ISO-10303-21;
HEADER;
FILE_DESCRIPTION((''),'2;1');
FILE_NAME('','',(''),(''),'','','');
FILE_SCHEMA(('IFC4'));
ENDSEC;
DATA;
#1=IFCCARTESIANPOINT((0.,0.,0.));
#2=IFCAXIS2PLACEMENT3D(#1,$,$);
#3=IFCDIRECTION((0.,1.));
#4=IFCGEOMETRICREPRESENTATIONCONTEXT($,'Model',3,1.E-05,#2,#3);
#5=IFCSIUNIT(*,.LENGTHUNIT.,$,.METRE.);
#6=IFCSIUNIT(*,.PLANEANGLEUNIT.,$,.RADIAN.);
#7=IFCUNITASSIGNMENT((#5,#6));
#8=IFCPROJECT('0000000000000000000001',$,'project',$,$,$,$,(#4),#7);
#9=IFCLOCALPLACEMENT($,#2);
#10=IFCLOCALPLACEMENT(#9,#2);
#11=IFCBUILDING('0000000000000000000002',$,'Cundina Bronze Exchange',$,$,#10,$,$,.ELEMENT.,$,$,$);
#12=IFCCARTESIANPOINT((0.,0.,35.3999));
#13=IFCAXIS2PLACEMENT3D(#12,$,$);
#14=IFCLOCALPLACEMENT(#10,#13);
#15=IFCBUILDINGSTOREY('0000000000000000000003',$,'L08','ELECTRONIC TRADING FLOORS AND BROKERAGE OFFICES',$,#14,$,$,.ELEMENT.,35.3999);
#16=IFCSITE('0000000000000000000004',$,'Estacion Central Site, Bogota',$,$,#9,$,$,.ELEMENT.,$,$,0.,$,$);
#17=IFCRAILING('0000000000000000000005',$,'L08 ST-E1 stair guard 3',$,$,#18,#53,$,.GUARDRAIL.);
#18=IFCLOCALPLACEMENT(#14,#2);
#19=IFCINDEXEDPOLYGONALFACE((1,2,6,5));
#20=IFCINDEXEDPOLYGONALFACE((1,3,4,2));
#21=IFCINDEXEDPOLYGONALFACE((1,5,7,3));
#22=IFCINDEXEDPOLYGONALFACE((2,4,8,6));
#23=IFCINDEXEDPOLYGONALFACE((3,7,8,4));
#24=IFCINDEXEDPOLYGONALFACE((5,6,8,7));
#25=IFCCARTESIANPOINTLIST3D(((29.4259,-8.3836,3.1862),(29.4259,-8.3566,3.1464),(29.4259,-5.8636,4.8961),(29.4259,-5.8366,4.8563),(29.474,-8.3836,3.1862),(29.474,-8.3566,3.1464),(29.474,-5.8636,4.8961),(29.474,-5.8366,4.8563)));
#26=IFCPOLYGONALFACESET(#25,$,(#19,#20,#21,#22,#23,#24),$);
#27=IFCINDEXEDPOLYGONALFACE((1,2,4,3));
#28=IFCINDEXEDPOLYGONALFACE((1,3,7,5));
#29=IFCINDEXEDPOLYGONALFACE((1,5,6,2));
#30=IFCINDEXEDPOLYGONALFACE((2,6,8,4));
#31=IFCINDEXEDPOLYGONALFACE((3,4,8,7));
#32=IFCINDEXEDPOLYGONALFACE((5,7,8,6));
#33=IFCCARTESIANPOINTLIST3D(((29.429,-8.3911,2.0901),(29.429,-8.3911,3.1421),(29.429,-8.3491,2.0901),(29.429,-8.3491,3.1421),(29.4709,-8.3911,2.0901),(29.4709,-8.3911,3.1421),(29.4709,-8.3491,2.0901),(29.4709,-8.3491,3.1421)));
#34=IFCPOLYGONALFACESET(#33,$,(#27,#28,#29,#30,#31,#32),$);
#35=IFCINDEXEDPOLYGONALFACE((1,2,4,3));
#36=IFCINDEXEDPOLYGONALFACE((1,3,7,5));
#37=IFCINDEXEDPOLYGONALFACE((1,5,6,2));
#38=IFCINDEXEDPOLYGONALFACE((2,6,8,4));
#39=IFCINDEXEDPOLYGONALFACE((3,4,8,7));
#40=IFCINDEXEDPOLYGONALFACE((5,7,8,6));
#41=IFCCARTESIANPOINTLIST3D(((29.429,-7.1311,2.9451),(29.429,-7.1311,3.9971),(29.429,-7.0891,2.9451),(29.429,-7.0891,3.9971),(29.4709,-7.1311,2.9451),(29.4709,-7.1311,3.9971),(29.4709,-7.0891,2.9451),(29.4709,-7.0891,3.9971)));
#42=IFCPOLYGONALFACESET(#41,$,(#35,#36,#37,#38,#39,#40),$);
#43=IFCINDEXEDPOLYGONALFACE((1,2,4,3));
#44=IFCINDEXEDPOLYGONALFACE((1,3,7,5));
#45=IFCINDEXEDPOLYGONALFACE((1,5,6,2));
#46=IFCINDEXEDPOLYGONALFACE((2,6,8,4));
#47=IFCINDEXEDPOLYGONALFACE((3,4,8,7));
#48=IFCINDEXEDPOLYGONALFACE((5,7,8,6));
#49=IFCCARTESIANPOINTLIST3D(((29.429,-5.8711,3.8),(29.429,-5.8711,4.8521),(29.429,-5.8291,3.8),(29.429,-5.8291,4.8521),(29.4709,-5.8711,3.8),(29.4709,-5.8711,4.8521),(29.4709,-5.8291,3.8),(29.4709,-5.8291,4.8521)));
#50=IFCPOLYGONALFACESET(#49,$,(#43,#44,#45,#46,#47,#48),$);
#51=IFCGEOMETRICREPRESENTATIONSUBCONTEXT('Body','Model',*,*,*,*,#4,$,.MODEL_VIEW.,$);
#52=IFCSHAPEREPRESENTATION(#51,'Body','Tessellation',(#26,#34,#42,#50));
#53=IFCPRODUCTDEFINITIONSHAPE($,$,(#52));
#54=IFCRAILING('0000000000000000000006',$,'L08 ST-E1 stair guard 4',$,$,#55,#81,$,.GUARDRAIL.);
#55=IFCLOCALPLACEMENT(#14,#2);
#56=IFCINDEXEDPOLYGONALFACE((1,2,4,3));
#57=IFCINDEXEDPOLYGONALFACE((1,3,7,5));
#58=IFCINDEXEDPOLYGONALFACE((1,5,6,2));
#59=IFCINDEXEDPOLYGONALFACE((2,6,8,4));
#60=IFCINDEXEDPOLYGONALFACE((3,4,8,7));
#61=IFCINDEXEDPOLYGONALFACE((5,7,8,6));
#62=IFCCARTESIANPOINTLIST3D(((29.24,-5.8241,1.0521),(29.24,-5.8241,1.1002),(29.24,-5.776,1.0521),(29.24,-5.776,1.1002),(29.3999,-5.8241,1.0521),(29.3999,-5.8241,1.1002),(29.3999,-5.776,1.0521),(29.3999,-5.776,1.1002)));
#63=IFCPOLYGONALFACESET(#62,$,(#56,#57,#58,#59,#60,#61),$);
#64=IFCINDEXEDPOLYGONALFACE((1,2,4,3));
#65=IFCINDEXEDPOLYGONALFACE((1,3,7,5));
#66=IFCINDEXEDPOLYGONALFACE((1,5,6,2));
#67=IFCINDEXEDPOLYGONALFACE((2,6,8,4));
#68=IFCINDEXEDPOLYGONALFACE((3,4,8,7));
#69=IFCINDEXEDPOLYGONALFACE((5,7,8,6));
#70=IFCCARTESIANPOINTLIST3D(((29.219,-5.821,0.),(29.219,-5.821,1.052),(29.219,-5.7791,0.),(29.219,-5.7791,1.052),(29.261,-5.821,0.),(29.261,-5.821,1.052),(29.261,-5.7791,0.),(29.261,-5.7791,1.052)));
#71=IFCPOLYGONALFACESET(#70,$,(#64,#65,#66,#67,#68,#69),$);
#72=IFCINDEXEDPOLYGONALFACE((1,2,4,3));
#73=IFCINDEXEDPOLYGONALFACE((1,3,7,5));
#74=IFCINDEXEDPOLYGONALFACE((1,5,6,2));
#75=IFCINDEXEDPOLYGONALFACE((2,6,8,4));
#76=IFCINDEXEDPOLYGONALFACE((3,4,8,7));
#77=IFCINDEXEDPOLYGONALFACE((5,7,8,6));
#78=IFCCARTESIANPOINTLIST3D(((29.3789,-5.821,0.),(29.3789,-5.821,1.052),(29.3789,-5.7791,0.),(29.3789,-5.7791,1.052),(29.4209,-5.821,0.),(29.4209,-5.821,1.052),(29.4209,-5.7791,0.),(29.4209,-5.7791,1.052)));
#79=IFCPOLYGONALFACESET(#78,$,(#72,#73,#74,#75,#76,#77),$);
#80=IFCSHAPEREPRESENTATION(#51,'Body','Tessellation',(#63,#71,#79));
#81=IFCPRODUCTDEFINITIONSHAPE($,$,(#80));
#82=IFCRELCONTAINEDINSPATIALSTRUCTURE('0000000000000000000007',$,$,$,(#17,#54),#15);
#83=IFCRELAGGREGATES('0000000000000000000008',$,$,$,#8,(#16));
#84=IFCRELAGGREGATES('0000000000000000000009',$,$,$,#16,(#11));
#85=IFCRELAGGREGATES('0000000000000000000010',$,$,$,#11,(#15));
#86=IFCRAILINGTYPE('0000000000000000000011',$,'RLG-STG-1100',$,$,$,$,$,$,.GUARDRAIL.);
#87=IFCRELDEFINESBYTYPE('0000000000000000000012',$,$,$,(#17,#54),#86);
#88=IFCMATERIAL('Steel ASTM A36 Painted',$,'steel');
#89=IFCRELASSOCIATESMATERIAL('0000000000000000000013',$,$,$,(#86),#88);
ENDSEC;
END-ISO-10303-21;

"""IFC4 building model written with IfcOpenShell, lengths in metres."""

from ifc_helpers import new_model, si_unit, direction, frame, origin, origin_2d, place, context, subcontext, project, spatial, rectangle, extrude, material, type_object, element, save


model = new_model("IFC4")

# Units and contexts
model_context = context("Model", 3, precision=1e-05, world=origin(), true_north=direction((0.0, 1.0)))
body_context = subcontext(model_context, "Body", "Model", "MODEL_VIEW")
ifc_project = project(units=[si_unit("LENGTHUNIT", "METRE"), si_unit("PLANEANGLEUNIT", "RADIAN")], contexts=[model_context])

# Site, building, storey
site_placement = place(None, origin())
site = spatial("IfcSite", under=ifc_project, at=site_placement, Name="Estacion Central Site, Bogota", CompositionType="ELEMENT", RefElevation=0.0)
building_placement = place(site_placement, origin())
building = spatial("IfcBuilding", under=site, at=building_placement, Name="Cundina Bronze Exchange", CompositionType="ELEMENT")
storey_placement = place(building_placement, frame((0.0, 0.0, 35.3999)))
storey = spatial("IfcBuildingStorey", under=building, at=storey_placement, Name="L08", Description="ELECTRONIC TRADING FLOORS AND BROKERAGE OFFICES", CompositionType="ELEMENT", Elevation=35.3999)

# Railings
ifc_material_1 = material(Name="Steel ASTM A36 Painted", Category="steel")
railing_type_1 = type_object("IfcRailingType", Name="RLG-STG-1100", PredefinedType="GUARDRAIL", material=ifc_material_1)
railing_1_placement = place(storey_placement, frame((29.45, -8.3701, 2.0901)))
element("IfcRailing", 1, at=railing_1_placement, inside=storey, type_object=railing_type_1, Name="L08 ST-E1 stair guard 3", PredefinedType="GUARDRAIL", context=body_context, shape_type="SweptSolid", body=[
    extrude(rectangle(XDim=0.0481, YDim=0.0481, at=origin_2d()), frame((0.0, 0.0, 1.0762), z_axis=(0.0, 0.827484, 0.56149), x_axis=(-1.0, 0.0, 0.0)), (0.0, 0.0, 1.0), 3.0454),
    extrude(rectangle(XDim=0.042, YDim=0.042, at=origin_2d()), origin(), (0.0, 0.0, 1.0), 1.052),
    extrude(rectangle(XDim=0.042, YDim=0.042, at=origin_2d()), frame((0.0, 1.26, 0.855)), (0.0, 0.0, 1.0), 1.052),
    extrude(rectangle(XDim=0.042, YDim=0.042, at=origin_2d()), frame((0.0, 2.52, 1.71)), (0.0, 0.0, 1.0), 1.052),
])
railing_2_placement = place(storey_placement, frame((29.24, -5.8, 0.0)))
element("IfcRailing", 2, at=railing_2_placement, inside=storey, type_object=railing_type_1, Name="L08 ST-E1 stair guard 4", PredefinedType="GUARDRAIL", context=body_context, shape_type="SweptSolid", body=[
    extrude(rectangle(XDim=0.0481, YDim=0.0481, at=origin_2d()), frame((0.0, 0.0, 1.0762), z_axis=(1.0, 0.0, 0.0), x_axis=(0.0, 1.0, 0.0)), (0.0, 0.0, 1.0), 0.1599),
    extrude(rectangle(XDim=0.042, YDim=0.042, at=origin_2d()), origin(), (0.0, 0.0, 1.0), 1.052),
    extrude(rectangle(XDim=0.042, YDim=0.042, at=origin_2d()), frame((0.1599, 0.0, 0.0)), (0.0, 0.0, 1.0), 1.052),
])

save(model, "model.ifc")
